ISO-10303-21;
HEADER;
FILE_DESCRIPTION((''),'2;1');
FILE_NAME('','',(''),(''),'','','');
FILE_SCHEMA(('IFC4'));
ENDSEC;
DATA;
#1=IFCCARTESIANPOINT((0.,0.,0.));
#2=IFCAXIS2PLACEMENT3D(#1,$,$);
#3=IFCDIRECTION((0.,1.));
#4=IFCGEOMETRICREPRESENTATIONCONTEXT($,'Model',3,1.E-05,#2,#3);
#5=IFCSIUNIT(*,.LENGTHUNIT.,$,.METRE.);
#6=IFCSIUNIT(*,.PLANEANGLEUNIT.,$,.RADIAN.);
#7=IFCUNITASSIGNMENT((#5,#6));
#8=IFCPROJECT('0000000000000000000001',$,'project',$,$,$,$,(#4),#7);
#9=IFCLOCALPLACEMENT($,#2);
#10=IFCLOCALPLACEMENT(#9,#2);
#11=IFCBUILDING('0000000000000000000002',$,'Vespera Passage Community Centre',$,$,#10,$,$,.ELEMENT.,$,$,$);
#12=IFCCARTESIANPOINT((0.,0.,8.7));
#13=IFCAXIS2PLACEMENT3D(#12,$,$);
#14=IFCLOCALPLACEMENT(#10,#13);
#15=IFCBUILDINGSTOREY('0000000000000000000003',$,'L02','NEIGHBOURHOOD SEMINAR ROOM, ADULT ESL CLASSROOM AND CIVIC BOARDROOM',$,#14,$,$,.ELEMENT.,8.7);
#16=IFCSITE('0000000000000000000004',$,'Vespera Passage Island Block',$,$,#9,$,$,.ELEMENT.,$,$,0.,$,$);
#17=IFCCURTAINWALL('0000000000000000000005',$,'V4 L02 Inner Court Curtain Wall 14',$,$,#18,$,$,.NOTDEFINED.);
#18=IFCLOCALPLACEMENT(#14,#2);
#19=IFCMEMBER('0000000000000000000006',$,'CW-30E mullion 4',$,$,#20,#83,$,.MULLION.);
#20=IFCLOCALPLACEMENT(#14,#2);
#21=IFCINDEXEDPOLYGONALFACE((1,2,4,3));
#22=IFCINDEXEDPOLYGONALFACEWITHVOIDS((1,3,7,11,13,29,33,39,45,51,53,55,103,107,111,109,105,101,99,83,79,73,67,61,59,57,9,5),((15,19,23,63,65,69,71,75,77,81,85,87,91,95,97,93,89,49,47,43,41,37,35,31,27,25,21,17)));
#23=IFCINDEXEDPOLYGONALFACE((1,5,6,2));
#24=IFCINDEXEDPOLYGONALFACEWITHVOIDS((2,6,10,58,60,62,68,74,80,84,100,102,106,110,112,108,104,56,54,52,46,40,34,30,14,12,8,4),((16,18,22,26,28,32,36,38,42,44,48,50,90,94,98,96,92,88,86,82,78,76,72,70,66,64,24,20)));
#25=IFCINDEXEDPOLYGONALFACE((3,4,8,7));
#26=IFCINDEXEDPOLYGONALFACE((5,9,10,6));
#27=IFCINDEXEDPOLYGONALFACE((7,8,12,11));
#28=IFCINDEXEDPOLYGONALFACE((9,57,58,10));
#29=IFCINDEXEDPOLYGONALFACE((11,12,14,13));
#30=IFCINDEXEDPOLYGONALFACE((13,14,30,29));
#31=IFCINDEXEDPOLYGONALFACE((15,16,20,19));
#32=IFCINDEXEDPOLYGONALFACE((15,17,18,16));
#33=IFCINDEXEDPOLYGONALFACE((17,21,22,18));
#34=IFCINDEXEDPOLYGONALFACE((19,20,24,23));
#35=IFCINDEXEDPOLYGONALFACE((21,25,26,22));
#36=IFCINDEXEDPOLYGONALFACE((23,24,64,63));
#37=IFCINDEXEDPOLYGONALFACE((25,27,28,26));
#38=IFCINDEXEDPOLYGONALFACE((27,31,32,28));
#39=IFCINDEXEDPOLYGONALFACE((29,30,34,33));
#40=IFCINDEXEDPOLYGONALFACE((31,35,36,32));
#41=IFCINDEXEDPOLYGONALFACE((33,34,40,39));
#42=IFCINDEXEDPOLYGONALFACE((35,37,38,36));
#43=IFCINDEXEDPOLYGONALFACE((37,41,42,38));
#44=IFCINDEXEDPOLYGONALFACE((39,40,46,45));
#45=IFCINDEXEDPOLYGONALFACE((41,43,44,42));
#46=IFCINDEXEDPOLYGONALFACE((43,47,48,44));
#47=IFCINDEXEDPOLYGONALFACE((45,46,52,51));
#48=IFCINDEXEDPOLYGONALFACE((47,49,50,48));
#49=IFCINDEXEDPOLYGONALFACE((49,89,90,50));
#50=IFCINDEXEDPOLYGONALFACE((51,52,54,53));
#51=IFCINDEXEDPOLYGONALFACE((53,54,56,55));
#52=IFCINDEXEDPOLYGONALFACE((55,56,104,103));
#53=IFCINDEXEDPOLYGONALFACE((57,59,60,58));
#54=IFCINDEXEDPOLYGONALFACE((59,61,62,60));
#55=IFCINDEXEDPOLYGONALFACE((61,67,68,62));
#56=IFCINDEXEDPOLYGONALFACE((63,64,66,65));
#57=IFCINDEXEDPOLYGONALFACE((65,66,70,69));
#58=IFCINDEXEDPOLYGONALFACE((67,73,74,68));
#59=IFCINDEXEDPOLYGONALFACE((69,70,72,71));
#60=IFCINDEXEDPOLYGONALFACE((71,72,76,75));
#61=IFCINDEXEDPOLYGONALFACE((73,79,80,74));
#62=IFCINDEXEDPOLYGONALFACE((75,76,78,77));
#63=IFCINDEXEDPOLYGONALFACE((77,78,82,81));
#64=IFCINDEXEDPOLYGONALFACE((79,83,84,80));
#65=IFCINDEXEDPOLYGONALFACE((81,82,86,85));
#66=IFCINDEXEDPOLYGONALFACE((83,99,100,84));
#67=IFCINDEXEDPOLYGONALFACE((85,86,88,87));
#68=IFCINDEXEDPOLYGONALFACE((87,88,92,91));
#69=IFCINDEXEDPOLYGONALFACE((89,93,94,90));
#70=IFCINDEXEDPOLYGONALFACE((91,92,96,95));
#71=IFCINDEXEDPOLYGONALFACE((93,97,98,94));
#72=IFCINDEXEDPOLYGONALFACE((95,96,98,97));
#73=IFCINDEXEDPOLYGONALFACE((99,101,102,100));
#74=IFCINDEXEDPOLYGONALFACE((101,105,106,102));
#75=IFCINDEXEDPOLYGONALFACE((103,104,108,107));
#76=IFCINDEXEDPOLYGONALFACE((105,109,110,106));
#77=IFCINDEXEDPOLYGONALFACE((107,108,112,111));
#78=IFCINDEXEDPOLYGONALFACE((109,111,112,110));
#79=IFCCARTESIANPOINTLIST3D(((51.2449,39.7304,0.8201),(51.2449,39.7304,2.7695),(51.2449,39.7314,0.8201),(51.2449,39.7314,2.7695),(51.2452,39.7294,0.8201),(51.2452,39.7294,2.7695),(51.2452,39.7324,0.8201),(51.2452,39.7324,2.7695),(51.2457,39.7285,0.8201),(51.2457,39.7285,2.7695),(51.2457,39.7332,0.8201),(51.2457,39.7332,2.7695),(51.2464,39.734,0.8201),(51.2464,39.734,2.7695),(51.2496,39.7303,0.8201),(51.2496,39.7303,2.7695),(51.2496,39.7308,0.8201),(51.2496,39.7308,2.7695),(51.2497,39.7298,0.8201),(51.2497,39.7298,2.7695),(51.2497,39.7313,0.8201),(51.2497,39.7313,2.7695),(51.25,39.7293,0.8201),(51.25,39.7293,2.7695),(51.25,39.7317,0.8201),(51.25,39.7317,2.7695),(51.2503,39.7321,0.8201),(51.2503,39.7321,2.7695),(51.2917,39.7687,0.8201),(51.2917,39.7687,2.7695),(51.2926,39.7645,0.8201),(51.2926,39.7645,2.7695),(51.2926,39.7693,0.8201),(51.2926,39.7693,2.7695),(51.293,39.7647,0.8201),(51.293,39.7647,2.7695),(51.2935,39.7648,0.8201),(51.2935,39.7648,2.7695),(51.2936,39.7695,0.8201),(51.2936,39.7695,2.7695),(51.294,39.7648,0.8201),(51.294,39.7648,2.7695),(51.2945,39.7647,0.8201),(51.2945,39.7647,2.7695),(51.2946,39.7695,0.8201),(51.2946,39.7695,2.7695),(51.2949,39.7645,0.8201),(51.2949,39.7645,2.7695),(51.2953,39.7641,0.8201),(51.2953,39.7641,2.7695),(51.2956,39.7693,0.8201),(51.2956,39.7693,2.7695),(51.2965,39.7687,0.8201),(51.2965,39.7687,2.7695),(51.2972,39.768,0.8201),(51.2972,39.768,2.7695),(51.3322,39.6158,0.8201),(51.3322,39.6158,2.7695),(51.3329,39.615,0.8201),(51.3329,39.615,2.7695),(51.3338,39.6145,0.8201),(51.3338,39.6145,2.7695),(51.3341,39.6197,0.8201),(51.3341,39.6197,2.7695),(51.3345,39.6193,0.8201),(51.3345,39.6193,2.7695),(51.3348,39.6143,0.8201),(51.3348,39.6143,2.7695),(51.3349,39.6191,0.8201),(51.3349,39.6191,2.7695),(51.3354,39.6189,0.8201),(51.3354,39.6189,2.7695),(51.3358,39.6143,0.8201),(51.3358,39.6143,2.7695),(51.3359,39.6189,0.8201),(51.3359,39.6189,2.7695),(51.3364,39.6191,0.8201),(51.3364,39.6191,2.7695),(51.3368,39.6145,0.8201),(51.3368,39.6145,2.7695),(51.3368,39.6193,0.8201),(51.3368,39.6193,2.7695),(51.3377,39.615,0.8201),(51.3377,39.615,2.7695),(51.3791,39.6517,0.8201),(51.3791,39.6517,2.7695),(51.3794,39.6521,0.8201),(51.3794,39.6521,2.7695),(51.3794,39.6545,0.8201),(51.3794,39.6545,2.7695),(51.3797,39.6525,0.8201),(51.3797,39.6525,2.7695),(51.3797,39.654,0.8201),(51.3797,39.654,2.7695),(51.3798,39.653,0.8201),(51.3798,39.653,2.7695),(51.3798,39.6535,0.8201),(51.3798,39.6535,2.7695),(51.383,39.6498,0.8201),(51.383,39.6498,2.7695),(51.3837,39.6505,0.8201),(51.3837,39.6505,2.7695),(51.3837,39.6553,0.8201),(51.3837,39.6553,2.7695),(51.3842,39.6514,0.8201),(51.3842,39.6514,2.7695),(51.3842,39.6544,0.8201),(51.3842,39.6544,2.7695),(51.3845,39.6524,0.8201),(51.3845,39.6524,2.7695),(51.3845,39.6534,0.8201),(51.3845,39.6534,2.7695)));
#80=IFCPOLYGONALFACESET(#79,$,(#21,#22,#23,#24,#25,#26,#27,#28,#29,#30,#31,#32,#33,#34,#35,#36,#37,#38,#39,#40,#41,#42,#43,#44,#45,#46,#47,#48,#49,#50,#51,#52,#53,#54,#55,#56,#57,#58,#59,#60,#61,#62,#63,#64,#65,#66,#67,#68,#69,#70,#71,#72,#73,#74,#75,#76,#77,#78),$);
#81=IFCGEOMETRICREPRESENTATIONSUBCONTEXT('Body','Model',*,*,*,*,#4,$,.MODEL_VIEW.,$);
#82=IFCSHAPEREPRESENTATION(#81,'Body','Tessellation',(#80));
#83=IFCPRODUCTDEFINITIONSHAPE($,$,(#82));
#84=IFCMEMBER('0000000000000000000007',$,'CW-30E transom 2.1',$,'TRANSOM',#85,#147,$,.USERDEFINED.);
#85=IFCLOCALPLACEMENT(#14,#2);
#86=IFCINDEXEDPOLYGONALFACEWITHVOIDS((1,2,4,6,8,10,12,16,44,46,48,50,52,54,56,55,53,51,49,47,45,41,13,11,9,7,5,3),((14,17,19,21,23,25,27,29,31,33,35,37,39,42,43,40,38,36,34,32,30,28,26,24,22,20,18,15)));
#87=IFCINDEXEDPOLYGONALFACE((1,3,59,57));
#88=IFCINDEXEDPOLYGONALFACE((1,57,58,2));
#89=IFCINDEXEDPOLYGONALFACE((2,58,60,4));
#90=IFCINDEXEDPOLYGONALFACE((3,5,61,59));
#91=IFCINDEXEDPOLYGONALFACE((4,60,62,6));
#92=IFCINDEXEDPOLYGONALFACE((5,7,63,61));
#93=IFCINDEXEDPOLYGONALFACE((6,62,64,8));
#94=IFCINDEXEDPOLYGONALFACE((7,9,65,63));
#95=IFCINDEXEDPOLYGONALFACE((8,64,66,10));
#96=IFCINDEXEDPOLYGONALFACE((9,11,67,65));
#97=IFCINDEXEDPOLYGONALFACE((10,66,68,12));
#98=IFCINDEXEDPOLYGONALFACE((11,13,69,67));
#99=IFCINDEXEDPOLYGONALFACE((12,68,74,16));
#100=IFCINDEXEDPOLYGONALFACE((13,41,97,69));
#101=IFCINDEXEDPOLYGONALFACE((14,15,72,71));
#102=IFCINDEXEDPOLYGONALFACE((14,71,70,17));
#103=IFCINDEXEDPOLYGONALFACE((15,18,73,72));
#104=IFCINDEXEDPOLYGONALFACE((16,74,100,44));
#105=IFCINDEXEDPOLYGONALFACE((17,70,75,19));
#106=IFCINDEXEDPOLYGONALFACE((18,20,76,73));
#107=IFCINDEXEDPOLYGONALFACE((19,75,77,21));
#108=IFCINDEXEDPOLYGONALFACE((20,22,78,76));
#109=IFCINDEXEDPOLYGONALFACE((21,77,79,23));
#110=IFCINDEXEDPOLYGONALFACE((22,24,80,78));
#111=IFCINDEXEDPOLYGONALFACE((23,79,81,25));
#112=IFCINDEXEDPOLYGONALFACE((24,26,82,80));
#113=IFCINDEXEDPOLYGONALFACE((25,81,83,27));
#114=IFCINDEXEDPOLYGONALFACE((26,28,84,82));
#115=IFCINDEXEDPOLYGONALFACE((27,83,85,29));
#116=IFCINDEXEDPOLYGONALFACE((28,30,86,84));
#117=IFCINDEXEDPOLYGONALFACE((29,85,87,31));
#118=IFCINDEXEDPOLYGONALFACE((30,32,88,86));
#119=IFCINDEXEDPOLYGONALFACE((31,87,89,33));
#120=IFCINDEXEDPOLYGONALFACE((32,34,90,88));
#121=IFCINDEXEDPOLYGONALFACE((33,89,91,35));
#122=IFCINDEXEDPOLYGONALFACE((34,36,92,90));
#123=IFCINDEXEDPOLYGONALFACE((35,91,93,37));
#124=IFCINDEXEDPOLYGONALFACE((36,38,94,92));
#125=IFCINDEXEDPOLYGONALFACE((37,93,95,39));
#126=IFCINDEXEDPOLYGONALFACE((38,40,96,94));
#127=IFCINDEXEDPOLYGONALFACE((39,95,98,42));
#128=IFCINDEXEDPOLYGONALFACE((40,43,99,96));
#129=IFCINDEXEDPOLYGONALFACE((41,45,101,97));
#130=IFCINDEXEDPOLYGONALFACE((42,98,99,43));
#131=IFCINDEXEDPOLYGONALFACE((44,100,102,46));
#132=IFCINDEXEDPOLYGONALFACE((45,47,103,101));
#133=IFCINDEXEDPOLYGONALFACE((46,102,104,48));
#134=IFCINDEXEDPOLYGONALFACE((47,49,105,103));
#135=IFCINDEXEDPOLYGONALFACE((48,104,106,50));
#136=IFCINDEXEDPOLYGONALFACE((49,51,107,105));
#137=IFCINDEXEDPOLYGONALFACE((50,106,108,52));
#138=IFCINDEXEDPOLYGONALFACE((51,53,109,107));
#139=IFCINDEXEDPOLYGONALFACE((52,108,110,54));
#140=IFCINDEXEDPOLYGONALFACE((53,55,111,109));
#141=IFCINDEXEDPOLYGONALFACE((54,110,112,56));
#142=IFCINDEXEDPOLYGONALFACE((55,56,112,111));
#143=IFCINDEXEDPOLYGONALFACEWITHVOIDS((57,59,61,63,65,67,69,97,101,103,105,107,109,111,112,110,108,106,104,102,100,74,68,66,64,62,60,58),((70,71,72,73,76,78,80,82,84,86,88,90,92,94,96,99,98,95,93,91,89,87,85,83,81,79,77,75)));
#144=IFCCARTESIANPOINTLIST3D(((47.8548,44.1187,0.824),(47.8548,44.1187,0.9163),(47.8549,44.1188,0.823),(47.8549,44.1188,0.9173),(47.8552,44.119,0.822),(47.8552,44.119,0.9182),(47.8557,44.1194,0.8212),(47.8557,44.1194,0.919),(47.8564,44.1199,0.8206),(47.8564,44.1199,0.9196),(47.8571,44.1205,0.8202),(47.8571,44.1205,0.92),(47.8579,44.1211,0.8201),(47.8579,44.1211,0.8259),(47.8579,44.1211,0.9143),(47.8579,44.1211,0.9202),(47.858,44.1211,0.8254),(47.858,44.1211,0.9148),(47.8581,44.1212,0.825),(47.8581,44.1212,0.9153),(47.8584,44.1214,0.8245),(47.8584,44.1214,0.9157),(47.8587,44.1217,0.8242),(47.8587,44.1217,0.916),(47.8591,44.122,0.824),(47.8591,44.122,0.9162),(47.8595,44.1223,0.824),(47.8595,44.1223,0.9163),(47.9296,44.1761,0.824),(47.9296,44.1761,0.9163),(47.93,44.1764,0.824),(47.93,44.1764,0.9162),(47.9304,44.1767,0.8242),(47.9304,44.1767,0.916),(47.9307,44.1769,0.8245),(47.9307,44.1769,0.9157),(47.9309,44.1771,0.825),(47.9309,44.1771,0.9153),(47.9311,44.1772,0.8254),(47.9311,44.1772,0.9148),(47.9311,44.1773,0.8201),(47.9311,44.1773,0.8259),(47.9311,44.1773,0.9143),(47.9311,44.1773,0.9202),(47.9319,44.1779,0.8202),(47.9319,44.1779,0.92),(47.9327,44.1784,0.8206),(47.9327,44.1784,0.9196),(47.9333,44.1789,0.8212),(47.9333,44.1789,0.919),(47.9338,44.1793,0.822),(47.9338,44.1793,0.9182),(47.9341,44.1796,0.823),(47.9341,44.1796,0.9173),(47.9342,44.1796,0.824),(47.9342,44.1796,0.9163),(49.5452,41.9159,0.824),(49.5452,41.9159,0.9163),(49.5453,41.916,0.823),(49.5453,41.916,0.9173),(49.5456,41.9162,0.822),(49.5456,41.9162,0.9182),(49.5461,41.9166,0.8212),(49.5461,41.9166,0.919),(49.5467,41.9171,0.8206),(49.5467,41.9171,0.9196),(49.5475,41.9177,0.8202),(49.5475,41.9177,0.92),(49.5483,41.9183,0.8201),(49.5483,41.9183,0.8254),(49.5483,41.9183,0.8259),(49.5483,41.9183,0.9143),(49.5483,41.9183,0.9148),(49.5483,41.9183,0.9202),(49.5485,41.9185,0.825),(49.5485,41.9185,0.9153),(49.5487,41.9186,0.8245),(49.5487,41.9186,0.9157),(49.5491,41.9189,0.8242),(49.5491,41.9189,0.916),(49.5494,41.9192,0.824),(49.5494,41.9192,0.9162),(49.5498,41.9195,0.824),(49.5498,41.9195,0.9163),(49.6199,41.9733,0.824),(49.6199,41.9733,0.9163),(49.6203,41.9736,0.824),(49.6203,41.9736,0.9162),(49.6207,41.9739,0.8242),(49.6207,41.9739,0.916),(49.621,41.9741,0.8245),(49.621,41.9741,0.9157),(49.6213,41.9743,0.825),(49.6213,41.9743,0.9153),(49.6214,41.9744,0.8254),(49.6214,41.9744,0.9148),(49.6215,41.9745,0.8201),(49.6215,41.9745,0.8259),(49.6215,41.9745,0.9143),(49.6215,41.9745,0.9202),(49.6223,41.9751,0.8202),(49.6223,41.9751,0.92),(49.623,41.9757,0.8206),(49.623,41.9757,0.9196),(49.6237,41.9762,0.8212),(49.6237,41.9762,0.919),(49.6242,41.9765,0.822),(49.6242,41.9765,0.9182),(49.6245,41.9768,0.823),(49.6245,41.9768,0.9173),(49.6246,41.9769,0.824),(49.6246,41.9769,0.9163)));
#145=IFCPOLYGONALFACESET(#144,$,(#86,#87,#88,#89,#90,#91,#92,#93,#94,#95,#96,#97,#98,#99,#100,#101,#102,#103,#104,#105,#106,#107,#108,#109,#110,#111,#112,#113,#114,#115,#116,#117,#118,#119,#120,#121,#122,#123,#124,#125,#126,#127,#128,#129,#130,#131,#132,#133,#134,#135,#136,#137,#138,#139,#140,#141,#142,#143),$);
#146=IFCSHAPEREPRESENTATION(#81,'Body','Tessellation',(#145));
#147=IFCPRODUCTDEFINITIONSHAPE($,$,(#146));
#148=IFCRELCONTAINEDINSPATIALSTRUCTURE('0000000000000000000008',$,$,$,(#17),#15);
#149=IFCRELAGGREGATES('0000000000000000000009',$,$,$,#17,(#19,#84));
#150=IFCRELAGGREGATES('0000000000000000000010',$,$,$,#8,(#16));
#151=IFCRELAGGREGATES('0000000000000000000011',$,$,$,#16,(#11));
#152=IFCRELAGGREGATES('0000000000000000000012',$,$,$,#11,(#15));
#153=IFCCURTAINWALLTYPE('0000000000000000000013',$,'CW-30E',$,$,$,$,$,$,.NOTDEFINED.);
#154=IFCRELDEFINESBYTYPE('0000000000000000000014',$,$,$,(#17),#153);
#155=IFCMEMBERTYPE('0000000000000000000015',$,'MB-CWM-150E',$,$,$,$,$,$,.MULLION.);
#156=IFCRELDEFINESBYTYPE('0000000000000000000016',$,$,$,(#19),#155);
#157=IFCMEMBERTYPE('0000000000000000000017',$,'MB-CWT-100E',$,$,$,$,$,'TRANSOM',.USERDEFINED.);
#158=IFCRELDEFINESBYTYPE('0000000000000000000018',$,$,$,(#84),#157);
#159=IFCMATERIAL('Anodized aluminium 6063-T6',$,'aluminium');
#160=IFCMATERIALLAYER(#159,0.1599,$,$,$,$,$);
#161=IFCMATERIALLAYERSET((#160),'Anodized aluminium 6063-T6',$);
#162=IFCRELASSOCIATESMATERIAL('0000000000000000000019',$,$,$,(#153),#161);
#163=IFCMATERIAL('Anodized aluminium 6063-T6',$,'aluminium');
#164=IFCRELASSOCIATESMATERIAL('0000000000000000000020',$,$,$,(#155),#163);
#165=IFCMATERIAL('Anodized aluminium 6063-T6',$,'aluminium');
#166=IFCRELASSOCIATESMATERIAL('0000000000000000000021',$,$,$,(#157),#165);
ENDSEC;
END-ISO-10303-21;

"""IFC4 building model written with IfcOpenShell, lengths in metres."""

from ifc_helpers import new_model, si_unit, direction, frame, origin, origin_2d, place, context, subcontext, project, spatial, hollow_rectangle, extrude, material, layer, layer_set, material_profile, profile_set, type_object, element, aggregate, save


model = new_model("IFC4")

# Units and contexts
model_context = context("Model", 3, precision=1e-05, world=origin(), true_north=direction((0.0, 1.0)))
body_context = subcontext(model_context, "Body", "Model", "MODEL_VIEW")
ifc_project = project(units=[si_unit("LENGTHUNIT", "METRE"), si_unit("PLANEANGLEUNIT", "RADIAN")], contexts=[model_context])

# Site, building, storey
site_placement = place(None, origin())
site = spatial("IfcSite", under=ifc_project, at=site_placement, Name="Vespera Passage Island Block", CompositionType="ELEMENT", RefElevation=0.0)
building_placement = place(site_placement, origin())
building = spatial("IfcBuilding", under=site, at=building_placement, Name="Vespera Passage Community Centre", CompositionType="ELEMENT")
storey_placement = place(building_placement, frame((0.0, 0.0, 8.7)))
storey = spatial("IfcBuildingStorey", under=building, at=storey_placement, Name="L02", Description="NEIGHBOURHOOD SEMINAR ROOM, ADULT ESL CLASSROOM AND CIVIC BOARDROOM", CompositionType="ELEMENT", Elevation=8.7)

# Curtain wall, members
ifc_material_1 = material(Name="Anodized aluminium 6063-T6", Category="aluminium")
ifc_layer_1 = layer(ifc_material_1, 0.1599)
ifc_layer_set_1 = layer_set([ifc_layer_1], Name="Anodized aluminium 6063-T6")
curtain_wall_type = type_object("IfcCurtainWallType", Name="CW-30E", PredefinedType="NOTDEFINED", material=ifc_layer_set_1)
curtain_wall_placement = place(storey_placement, origin())
curtain_wall = element("IfcCurtainWall", 1, at=curtain_wall_placement, inside=storey, type_object=curtain_wall_type, Name="V4 L02 Inner Court Curtain Wall 14", PredefinedType="NOTDEFINED")
ifc_material_2 = material(Name="Anodized aluminium 6063-T6", Category="aluminium")
ifc_material_profile_1 = material_profile(ifc_material_2, hollow_rectangle(XDim=0.0649, YDim=0.1499, WallThickness=0.0039, InnerFilletRadius=0.002, OuterFilletRadius=0.0039, at=origin_2d()), Name="ALU150X65X4")
ifc_profile_set_1 = profile_set([ifc_material_profile_1], Name="Anodized aluminium 6063-T6")
member_type_1 = type_object("IfcMemberType", Name="MB-CWM-150E", PredefinedType="MULLION", material=ifc_profile_set_1)
member_1_placement = place(storey_placement, frame((51.3147, 39.6919, 0.8201), z_axis=(0.0, 0.0, 1.0), x_axis=(0.793358, 0.608755, 0.0)))
member_1 = element("IfcMember", 2, at=member_1_placement, type_object=member_type_1, Name="CW-30E mullion 4", PredefinedType="MULLION", context=body_context, shape_type="SweptSolid", body=[
    extrude(hollow_rectangle(XDim=0.0649, YDim=0.1499, WallThickness=0.0039, InnerFilletRadius=0.002, OuterFilletRadius=0.0039, at=origin_2d()), origin(), (0.0, 0.0, 1.0), 1.9495),
])
ifc_material_3 = material(Name="Anodized aluminium 6063-T6", Category="aluminium")
ifc_material_profile_2 = material_profile(ifc_material_3, hollow_rectangle(XDim=0.1001, YDim=0.1001, WallThickness=0.0039, InnerFilletRadius=0.002, OuterFilletRadius=0.0039, at=origin_2d()), Name="ALU100X100X4")
ifc_profile_set_2 = profile_set([ifc_material_profile_2], Name="Anodized aluminium 6063-T6")
member_type_2 = type_object("IfcMemberType", Name="MB-CWT-100E", ElementType="TRANSOM", PredefinedType="USERDEFINED", material=ifc_profile_set_2)
member_2_placement = place(storey_placement, frame((47.8945, 44.1492, 0.8701), z_axis=(0.608784, -0.793336, 0.0), x_axis=(0.793336, 0.608784, 0.0)))
member_2 = element("IfcMember", 3, at=member_2_placement, type_object=member_type_2, Name="CW-30E transom 2.1", ObjectType="TRANSOM", PredefinedType="USERDEFINED", context=body_context, shape_type="SweptSolid", body=[
    extrude(hollow_rectangle(XDim=0.1001, YDim=0.1001, WallThickness=0.0039, InnerFilletRadius=0.002, OuterFilletRadius=0.0039, at=origin_2d()), origin(), (0.0, 0.0, 1.0), 2.7766),
])

aggregate(curtain_wall, [member_1, member_2])

save(model, "model.ifc")
